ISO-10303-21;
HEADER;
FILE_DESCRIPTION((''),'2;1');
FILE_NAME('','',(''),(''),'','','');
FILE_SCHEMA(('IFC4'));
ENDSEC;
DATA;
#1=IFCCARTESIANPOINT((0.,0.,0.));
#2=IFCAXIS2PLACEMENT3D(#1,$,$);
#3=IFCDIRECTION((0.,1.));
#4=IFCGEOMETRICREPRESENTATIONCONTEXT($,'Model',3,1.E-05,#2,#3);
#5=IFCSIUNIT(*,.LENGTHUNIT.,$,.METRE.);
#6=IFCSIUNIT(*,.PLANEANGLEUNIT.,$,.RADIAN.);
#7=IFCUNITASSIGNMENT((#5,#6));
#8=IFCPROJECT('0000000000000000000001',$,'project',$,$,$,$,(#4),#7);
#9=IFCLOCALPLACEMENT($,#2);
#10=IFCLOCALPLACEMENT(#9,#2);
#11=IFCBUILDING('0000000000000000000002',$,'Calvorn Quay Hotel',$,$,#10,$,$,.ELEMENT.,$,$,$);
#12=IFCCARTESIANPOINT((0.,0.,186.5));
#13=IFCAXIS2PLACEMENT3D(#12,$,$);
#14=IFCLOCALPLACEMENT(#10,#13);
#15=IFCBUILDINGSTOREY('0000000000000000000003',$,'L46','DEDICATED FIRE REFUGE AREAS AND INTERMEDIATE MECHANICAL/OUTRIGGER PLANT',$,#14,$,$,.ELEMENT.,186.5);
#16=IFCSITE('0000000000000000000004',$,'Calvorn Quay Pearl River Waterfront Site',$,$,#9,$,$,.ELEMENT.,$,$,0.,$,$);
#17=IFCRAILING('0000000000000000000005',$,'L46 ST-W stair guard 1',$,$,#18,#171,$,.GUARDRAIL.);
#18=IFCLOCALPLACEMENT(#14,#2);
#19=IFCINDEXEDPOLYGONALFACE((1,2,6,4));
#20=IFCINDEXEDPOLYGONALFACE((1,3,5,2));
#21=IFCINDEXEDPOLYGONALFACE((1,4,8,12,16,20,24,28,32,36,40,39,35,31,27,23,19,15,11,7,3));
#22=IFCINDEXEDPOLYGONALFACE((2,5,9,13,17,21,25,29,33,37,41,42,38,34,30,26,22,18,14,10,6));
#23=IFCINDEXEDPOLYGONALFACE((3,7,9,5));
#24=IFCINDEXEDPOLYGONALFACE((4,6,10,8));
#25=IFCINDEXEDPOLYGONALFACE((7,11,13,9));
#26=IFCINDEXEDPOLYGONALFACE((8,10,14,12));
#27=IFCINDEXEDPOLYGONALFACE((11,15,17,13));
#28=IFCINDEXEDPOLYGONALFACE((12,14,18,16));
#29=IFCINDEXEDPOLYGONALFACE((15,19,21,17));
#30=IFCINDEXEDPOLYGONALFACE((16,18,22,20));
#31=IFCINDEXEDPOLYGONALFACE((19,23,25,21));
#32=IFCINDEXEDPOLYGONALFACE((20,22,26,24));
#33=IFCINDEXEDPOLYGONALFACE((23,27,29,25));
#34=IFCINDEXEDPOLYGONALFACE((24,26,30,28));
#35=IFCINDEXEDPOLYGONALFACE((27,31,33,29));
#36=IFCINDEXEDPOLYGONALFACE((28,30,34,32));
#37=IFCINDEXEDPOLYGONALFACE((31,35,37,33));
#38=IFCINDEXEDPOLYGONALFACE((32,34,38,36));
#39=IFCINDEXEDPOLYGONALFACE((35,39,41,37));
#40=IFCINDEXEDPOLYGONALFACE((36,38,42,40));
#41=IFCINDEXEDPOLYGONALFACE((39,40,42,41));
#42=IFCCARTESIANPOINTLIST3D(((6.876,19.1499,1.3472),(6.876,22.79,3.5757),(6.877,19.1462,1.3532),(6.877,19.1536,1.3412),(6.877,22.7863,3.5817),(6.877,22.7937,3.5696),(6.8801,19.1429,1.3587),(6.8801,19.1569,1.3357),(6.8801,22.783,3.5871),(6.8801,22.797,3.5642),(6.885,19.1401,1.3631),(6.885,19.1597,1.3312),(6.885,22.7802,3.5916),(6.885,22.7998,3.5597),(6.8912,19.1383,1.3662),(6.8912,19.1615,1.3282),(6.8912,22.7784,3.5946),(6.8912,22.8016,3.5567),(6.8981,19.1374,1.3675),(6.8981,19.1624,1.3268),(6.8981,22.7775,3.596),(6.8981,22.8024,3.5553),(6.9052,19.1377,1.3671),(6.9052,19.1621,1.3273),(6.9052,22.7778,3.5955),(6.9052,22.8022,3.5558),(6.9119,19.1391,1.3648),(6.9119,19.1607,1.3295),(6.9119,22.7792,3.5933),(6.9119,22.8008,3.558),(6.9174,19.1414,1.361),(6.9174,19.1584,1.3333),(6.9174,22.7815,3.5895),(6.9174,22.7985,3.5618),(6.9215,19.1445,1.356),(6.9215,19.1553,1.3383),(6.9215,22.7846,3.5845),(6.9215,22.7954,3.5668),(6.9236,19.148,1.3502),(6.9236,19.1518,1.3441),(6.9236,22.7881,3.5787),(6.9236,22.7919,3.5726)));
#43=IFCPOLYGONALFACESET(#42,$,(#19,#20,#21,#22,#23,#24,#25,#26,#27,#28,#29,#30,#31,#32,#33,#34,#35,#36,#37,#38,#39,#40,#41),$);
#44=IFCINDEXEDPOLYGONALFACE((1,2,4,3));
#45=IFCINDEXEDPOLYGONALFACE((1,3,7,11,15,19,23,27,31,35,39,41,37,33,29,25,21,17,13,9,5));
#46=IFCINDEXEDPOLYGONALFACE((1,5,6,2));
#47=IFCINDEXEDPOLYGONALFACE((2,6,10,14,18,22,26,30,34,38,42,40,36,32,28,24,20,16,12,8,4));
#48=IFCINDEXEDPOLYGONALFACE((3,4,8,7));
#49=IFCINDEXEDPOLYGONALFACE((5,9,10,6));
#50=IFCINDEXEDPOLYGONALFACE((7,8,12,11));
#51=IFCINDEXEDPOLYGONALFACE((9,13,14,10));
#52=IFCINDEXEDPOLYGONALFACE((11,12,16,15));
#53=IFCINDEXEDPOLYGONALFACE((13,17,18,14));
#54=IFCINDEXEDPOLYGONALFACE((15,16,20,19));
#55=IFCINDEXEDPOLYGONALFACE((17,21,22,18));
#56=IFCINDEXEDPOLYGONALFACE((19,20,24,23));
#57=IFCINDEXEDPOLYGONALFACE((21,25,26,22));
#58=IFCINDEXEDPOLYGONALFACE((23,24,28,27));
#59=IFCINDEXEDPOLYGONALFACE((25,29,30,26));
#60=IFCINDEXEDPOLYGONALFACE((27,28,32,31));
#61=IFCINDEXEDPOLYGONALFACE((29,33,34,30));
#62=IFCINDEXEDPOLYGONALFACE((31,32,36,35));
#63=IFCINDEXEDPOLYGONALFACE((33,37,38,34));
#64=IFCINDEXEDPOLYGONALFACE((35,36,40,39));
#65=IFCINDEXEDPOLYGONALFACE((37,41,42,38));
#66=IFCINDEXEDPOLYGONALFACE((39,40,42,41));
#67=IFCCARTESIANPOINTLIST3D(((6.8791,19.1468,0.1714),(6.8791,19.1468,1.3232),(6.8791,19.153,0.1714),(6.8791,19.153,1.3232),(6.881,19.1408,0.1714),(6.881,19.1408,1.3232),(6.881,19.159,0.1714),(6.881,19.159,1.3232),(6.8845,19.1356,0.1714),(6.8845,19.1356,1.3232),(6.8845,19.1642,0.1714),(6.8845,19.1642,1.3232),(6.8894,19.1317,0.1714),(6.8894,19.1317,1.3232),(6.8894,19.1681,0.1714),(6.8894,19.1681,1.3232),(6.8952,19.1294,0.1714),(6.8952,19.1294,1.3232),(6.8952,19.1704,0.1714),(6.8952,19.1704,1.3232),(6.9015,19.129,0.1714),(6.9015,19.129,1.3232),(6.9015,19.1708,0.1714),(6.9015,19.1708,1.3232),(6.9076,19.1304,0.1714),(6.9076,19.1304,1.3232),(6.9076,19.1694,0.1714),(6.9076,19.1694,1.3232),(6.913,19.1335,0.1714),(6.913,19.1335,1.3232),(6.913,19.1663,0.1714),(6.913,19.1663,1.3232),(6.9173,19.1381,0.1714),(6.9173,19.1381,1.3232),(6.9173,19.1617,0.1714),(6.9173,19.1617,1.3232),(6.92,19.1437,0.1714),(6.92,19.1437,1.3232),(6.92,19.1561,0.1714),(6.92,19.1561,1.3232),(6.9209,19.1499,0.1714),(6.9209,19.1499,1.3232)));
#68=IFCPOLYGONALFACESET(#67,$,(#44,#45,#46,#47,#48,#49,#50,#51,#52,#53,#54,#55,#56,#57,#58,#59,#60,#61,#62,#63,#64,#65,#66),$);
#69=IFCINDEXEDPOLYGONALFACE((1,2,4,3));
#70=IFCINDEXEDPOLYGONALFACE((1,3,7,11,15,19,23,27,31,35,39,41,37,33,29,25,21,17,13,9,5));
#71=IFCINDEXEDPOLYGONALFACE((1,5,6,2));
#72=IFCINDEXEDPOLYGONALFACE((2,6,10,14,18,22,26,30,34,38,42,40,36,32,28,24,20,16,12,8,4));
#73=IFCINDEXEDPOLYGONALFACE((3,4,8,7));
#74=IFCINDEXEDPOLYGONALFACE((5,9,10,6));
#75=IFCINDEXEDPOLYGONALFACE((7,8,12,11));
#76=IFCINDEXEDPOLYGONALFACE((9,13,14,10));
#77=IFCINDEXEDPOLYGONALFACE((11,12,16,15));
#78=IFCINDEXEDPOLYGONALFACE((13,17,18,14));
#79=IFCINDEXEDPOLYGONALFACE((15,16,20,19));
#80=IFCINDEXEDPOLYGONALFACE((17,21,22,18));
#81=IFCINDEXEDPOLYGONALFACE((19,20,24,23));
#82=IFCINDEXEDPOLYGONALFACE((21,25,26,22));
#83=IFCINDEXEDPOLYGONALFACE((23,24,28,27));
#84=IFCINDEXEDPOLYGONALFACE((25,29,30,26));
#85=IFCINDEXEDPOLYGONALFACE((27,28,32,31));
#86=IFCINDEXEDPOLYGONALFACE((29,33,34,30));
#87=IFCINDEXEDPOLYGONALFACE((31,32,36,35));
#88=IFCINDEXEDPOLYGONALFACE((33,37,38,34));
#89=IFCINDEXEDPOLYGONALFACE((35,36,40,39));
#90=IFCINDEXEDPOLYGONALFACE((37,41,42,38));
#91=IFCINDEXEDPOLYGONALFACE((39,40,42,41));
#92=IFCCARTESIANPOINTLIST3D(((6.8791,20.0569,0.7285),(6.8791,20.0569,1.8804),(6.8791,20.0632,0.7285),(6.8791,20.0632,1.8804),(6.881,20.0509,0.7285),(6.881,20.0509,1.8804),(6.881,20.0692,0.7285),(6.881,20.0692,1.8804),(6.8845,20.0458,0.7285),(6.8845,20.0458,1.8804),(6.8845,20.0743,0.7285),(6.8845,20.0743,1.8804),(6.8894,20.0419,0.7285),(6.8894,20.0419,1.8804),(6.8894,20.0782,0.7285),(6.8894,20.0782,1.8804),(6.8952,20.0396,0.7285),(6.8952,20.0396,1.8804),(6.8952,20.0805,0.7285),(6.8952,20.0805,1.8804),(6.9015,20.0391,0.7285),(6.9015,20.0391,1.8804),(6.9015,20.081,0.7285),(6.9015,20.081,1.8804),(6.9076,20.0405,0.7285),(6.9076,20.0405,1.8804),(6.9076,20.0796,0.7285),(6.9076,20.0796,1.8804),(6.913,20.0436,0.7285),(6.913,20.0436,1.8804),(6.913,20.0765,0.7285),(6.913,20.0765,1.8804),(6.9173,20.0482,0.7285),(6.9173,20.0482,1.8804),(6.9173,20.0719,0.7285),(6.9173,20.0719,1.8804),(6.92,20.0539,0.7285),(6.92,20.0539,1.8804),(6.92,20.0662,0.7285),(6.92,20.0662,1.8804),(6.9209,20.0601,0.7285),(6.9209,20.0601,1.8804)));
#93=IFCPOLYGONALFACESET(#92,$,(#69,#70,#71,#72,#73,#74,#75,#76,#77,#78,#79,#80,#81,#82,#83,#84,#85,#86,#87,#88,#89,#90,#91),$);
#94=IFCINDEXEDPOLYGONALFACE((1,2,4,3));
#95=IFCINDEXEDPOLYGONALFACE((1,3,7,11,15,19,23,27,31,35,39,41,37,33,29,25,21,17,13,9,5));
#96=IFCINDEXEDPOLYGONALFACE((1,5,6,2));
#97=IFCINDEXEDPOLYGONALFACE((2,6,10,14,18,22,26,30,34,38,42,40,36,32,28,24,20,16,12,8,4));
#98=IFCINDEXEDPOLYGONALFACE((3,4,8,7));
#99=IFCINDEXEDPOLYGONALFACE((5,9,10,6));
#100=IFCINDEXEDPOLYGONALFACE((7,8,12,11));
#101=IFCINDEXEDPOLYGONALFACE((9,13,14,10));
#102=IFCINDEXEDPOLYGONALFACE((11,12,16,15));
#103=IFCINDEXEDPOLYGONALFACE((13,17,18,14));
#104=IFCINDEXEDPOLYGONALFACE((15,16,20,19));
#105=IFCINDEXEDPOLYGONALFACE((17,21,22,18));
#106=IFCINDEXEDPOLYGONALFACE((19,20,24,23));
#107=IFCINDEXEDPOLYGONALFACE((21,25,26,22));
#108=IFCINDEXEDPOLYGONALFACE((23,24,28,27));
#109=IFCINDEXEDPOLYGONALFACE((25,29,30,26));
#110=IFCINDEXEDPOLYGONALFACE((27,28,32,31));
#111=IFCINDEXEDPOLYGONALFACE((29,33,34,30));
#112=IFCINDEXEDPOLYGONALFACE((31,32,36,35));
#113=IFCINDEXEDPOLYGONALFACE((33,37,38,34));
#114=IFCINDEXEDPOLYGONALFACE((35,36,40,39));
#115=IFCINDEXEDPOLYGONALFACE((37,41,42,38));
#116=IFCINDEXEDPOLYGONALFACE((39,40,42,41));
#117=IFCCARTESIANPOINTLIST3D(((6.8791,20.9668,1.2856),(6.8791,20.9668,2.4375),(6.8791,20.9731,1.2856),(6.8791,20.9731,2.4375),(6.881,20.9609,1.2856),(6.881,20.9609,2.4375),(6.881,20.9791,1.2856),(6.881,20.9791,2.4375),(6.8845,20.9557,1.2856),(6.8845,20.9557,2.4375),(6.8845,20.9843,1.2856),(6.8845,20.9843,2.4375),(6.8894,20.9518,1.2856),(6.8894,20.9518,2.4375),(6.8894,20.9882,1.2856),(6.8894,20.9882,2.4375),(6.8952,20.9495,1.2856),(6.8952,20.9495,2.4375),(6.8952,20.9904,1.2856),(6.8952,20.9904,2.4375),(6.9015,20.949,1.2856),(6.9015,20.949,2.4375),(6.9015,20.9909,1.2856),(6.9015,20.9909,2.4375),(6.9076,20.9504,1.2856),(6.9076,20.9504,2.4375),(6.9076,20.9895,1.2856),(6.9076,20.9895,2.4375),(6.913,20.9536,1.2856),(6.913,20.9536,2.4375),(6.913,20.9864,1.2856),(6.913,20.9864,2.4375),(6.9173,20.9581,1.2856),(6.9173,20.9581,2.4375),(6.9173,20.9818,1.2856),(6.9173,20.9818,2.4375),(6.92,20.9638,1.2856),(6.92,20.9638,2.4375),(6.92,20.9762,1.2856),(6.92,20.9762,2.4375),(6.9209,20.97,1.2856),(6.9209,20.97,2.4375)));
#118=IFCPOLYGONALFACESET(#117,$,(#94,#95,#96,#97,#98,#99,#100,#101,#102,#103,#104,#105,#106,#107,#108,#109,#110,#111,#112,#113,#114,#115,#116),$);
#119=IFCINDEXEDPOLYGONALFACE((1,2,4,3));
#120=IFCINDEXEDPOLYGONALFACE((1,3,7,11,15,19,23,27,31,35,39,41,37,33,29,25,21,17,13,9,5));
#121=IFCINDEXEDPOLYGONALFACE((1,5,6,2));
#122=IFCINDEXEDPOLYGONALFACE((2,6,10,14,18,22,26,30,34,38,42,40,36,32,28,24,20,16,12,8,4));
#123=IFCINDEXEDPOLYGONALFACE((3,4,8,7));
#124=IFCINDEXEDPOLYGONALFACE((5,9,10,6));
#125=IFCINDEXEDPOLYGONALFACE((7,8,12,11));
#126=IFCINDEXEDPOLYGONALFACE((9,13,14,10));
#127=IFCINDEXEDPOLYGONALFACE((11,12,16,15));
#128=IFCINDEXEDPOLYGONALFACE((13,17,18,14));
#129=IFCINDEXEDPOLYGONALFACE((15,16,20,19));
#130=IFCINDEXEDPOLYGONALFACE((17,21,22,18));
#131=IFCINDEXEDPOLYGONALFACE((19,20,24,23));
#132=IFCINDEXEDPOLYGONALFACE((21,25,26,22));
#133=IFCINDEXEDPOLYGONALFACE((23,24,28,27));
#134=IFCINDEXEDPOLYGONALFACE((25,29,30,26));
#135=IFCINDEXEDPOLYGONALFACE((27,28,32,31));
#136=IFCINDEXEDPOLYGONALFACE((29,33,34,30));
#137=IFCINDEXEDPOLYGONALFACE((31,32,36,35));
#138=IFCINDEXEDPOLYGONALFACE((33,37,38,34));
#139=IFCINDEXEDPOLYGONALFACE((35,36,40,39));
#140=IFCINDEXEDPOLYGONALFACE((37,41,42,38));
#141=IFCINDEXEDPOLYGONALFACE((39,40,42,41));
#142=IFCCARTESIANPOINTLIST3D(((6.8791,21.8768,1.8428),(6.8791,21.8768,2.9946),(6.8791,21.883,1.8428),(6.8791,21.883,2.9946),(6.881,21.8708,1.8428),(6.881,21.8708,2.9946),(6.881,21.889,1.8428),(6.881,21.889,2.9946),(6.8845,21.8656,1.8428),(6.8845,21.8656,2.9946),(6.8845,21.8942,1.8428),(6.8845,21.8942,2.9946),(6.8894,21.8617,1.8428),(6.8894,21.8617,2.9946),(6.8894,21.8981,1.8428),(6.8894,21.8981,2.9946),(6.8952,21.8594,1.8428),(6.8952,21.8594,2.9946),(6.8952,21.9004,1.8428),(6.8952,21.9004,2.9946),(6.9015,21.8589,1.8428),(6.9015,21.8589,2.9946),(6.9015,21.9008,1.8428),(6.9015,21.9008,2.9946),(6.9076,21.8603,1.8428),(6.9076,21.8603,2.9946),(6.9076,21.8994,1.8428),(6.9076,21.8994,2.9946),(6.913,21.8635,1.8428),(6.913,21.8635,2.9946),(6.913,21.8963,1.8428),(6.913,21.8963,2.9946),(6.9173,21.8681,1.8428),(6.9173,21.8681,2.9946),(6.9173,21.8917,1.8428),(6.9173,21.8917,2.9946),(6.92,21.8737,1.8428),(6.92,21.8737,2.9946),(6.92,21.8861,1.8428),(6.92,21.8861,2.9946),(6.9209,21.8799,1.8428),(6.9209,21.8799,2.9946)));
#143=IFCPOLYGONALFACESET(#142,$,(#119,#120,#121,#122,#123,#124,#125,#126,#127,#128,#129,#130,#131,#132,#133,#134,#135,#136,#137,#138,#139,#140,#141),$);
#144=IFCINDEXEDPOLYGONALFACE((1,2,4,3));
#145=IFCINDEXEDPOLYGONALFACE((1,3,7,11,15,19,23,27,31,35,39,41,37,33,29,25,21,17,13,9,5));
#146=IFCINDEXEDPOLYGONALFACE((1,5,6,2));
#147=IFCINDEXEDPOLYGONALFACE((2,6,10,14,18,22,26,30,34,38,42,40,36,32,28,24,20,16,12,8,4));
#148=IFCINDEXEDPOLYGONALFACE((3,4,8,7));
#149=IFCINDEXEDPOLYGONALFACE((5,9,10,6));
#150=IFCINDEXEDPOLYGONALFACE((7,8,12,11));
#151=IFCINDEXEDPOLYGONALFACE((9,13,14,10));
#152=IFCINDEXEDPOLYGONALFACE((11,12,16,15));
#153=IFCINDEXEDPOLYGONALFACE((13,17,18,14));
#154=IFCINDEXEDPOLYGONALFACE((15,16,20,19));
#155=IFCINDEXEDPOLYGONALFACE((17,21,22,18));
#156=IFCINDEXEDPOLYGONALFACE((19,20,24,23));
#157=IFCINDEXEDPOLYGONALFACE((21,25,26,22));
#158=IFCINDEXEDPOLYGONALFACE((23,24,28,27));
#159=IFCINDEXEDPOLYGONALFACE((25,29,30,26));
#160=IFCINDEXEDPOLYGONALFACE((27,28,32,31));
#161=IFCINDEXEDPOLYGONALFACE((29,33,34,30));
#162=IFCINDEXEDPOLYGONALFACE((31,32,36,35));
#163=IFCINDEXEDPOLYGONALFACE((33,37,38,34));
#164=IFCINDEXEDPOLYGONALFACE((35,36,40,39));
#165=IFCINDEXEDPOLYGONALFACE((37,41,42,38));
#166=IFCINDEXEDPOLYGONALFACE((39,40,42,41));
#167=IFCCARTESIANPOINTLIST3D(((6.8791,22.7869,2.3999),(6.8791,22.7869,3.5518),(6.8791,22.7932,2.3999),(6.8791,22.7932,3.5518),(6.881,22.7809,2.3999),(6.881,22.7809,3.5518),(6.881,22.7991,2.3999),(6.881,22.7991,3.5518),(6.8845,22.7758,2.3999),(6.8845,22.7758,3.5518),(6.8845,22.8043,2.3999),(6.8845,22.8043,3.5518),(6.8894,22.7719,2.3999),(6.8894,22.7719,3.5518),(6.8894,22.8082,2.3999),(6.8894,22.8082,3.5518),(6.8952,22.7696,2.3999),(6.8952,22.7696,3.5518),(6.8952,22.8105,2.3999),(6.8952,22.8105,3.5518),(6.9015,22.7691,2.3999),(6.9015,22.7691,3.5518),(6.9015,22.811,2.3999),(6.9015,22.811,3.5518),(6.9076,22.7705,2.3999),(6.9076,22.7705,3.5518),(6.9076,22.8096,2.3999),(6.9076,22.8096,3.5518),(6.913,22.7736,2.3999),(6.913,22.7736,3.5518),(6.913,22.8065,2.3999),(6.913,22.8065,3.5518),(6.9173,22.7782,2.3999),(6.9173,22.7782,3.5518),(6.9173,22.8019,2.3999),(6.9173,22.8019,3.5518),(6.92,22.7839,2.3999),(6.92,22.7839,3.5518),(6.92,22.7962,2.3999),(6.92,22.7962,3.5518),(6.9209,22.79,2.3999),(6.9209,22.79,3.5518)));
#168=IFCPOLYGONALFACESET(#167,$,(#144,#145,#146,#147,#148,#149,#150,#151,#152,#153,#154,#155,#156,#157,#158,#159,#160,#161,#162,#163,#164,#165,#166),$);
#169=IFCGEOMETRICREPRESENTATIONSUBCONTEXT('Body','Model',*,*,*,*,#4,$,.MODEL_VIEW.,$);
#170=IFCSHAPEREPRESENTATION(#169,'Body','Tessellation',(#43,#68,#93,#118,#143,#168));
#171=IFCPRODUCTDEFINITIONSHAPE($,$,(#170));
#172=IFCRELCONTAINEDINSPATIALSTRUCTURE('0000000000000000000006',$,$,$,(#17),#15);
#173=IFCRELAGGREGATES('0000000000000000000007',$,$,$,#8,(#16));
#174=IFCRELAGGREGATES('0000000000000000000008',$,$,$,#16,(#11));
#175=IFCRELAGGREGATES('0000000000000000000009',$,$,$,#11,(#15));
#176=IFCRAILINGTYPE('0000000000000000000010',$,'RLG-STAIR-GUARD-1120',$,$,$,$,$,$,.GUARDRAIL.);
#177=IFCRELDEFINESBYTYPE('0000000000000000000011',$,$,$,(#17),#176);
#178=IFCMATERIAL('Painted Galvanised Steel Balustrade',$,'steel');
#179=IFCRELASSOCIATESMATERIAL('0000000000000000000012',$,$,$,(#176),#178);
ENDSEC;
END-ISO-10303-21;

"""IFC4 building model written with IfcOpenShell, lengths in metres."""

from ifc_helpers import new_model, si_unit, direction, frame, origin, origin_2d, place, context, subcontext, project, spatial, circle, extrude, material, type_object, element, save


model = new_model("IFC4")

# Units and contexts
model_context = context("Model", 3, precision=1e-05, world=origin(), true_north=direction((0.0, 1.0)))
body_context = subcontext(model_context, "Body", "Model", "MODEL_VIEW")
ifc_project = project(units=[si_unit("LENGTHUNIT", "METRE"), si_unit("PLANEANGLEUNIT", "RADIAN")], contexts=[model_context])

# Site, building, storey
site_placement = place(None, origin())
site = spatial("IfcSite", under=ifc_project, at=site_placement, Name="Calvorn Quay Pearl River Waterfront Site", CompositionType="ELEMENT", RefElevation=0.0)
building_placement = place(site_placement, origin())
building = spatial("IfcBuilding", under=site, at=building_placement, Name="Calvorn Quay Hotel", CompositionType="ELEMENT")
storey_placement = place(building_placement, frame((0.0, 0.0, 186.5)))
storey = spatial("IfcBuildingStorey", under=building, at=storey_placement, Name="L46", Description="DEDICATED FIRE REFUGE AREAS AND INTERMEDIATE MECHANICAL/OUTRIGGER PLANT", CompositionType="ELEMENT", Elevation=186.5)

# Railing
ifc_material_1 = material(Name="Painted Galvanised Steel Balustrade", Category="steel")
railing_type_1 = type_object("IfcRailingType", Name="RLG-STAIR-GUARD-1120", PredefinedType="GUARDRAIL", material=ifc_material_1)
railing_1_placement = place(storey_placement, frame((6.8999, 19.1499, 0.1714)))
element("IfcRailing", 1, at=railing_1_placement, inside=storey, type_object=railing_type_1, Name="L46 ST-W stair guard 1", PredefinedType="GUARDRAIL", context=body_context, shape_type="SweptSolid", body=[
    extrude(circle(Radius=0.0239, at=origin_2d()), frame((0.0, 0.0, 1.1758), z_axis=(0.0, 0.852866, 0.52213), x_axis=(-1.0, 0.0, 0.0)), (0.0, 0.0, 1.0), 4.2681),
    extrude(circle(Radius=0.021, at=origin_2d()), origin(), (0.0, 0.0, 1.0), 1.1519),
    extrude(circle(Radius=0.021, at=origin_2d()), frame((0.0, 0.9102, 0.5571)), (0.0, 0.0, 1.0), 1.1519),
    extrude(circle(Radius=0.021, at=origin_2d()), frame((0.0, 1.8201, 1.1143)), (0.0, 0.0, 1.0), 1.1519),
    extrude(circle(Radius=0.021, at=origin_2d()), frame((0.0, 2.73, 1.6714)), (0.0, 0.0, 1.0), 1.1519),
    extrude(circle(Radius=0.021, at=origin_2d()), frame((0.0, 3.6401, 2.2285)), (0.0, 0.0, 1.0), 1.1519),
])

save(model, "model.ifc")
